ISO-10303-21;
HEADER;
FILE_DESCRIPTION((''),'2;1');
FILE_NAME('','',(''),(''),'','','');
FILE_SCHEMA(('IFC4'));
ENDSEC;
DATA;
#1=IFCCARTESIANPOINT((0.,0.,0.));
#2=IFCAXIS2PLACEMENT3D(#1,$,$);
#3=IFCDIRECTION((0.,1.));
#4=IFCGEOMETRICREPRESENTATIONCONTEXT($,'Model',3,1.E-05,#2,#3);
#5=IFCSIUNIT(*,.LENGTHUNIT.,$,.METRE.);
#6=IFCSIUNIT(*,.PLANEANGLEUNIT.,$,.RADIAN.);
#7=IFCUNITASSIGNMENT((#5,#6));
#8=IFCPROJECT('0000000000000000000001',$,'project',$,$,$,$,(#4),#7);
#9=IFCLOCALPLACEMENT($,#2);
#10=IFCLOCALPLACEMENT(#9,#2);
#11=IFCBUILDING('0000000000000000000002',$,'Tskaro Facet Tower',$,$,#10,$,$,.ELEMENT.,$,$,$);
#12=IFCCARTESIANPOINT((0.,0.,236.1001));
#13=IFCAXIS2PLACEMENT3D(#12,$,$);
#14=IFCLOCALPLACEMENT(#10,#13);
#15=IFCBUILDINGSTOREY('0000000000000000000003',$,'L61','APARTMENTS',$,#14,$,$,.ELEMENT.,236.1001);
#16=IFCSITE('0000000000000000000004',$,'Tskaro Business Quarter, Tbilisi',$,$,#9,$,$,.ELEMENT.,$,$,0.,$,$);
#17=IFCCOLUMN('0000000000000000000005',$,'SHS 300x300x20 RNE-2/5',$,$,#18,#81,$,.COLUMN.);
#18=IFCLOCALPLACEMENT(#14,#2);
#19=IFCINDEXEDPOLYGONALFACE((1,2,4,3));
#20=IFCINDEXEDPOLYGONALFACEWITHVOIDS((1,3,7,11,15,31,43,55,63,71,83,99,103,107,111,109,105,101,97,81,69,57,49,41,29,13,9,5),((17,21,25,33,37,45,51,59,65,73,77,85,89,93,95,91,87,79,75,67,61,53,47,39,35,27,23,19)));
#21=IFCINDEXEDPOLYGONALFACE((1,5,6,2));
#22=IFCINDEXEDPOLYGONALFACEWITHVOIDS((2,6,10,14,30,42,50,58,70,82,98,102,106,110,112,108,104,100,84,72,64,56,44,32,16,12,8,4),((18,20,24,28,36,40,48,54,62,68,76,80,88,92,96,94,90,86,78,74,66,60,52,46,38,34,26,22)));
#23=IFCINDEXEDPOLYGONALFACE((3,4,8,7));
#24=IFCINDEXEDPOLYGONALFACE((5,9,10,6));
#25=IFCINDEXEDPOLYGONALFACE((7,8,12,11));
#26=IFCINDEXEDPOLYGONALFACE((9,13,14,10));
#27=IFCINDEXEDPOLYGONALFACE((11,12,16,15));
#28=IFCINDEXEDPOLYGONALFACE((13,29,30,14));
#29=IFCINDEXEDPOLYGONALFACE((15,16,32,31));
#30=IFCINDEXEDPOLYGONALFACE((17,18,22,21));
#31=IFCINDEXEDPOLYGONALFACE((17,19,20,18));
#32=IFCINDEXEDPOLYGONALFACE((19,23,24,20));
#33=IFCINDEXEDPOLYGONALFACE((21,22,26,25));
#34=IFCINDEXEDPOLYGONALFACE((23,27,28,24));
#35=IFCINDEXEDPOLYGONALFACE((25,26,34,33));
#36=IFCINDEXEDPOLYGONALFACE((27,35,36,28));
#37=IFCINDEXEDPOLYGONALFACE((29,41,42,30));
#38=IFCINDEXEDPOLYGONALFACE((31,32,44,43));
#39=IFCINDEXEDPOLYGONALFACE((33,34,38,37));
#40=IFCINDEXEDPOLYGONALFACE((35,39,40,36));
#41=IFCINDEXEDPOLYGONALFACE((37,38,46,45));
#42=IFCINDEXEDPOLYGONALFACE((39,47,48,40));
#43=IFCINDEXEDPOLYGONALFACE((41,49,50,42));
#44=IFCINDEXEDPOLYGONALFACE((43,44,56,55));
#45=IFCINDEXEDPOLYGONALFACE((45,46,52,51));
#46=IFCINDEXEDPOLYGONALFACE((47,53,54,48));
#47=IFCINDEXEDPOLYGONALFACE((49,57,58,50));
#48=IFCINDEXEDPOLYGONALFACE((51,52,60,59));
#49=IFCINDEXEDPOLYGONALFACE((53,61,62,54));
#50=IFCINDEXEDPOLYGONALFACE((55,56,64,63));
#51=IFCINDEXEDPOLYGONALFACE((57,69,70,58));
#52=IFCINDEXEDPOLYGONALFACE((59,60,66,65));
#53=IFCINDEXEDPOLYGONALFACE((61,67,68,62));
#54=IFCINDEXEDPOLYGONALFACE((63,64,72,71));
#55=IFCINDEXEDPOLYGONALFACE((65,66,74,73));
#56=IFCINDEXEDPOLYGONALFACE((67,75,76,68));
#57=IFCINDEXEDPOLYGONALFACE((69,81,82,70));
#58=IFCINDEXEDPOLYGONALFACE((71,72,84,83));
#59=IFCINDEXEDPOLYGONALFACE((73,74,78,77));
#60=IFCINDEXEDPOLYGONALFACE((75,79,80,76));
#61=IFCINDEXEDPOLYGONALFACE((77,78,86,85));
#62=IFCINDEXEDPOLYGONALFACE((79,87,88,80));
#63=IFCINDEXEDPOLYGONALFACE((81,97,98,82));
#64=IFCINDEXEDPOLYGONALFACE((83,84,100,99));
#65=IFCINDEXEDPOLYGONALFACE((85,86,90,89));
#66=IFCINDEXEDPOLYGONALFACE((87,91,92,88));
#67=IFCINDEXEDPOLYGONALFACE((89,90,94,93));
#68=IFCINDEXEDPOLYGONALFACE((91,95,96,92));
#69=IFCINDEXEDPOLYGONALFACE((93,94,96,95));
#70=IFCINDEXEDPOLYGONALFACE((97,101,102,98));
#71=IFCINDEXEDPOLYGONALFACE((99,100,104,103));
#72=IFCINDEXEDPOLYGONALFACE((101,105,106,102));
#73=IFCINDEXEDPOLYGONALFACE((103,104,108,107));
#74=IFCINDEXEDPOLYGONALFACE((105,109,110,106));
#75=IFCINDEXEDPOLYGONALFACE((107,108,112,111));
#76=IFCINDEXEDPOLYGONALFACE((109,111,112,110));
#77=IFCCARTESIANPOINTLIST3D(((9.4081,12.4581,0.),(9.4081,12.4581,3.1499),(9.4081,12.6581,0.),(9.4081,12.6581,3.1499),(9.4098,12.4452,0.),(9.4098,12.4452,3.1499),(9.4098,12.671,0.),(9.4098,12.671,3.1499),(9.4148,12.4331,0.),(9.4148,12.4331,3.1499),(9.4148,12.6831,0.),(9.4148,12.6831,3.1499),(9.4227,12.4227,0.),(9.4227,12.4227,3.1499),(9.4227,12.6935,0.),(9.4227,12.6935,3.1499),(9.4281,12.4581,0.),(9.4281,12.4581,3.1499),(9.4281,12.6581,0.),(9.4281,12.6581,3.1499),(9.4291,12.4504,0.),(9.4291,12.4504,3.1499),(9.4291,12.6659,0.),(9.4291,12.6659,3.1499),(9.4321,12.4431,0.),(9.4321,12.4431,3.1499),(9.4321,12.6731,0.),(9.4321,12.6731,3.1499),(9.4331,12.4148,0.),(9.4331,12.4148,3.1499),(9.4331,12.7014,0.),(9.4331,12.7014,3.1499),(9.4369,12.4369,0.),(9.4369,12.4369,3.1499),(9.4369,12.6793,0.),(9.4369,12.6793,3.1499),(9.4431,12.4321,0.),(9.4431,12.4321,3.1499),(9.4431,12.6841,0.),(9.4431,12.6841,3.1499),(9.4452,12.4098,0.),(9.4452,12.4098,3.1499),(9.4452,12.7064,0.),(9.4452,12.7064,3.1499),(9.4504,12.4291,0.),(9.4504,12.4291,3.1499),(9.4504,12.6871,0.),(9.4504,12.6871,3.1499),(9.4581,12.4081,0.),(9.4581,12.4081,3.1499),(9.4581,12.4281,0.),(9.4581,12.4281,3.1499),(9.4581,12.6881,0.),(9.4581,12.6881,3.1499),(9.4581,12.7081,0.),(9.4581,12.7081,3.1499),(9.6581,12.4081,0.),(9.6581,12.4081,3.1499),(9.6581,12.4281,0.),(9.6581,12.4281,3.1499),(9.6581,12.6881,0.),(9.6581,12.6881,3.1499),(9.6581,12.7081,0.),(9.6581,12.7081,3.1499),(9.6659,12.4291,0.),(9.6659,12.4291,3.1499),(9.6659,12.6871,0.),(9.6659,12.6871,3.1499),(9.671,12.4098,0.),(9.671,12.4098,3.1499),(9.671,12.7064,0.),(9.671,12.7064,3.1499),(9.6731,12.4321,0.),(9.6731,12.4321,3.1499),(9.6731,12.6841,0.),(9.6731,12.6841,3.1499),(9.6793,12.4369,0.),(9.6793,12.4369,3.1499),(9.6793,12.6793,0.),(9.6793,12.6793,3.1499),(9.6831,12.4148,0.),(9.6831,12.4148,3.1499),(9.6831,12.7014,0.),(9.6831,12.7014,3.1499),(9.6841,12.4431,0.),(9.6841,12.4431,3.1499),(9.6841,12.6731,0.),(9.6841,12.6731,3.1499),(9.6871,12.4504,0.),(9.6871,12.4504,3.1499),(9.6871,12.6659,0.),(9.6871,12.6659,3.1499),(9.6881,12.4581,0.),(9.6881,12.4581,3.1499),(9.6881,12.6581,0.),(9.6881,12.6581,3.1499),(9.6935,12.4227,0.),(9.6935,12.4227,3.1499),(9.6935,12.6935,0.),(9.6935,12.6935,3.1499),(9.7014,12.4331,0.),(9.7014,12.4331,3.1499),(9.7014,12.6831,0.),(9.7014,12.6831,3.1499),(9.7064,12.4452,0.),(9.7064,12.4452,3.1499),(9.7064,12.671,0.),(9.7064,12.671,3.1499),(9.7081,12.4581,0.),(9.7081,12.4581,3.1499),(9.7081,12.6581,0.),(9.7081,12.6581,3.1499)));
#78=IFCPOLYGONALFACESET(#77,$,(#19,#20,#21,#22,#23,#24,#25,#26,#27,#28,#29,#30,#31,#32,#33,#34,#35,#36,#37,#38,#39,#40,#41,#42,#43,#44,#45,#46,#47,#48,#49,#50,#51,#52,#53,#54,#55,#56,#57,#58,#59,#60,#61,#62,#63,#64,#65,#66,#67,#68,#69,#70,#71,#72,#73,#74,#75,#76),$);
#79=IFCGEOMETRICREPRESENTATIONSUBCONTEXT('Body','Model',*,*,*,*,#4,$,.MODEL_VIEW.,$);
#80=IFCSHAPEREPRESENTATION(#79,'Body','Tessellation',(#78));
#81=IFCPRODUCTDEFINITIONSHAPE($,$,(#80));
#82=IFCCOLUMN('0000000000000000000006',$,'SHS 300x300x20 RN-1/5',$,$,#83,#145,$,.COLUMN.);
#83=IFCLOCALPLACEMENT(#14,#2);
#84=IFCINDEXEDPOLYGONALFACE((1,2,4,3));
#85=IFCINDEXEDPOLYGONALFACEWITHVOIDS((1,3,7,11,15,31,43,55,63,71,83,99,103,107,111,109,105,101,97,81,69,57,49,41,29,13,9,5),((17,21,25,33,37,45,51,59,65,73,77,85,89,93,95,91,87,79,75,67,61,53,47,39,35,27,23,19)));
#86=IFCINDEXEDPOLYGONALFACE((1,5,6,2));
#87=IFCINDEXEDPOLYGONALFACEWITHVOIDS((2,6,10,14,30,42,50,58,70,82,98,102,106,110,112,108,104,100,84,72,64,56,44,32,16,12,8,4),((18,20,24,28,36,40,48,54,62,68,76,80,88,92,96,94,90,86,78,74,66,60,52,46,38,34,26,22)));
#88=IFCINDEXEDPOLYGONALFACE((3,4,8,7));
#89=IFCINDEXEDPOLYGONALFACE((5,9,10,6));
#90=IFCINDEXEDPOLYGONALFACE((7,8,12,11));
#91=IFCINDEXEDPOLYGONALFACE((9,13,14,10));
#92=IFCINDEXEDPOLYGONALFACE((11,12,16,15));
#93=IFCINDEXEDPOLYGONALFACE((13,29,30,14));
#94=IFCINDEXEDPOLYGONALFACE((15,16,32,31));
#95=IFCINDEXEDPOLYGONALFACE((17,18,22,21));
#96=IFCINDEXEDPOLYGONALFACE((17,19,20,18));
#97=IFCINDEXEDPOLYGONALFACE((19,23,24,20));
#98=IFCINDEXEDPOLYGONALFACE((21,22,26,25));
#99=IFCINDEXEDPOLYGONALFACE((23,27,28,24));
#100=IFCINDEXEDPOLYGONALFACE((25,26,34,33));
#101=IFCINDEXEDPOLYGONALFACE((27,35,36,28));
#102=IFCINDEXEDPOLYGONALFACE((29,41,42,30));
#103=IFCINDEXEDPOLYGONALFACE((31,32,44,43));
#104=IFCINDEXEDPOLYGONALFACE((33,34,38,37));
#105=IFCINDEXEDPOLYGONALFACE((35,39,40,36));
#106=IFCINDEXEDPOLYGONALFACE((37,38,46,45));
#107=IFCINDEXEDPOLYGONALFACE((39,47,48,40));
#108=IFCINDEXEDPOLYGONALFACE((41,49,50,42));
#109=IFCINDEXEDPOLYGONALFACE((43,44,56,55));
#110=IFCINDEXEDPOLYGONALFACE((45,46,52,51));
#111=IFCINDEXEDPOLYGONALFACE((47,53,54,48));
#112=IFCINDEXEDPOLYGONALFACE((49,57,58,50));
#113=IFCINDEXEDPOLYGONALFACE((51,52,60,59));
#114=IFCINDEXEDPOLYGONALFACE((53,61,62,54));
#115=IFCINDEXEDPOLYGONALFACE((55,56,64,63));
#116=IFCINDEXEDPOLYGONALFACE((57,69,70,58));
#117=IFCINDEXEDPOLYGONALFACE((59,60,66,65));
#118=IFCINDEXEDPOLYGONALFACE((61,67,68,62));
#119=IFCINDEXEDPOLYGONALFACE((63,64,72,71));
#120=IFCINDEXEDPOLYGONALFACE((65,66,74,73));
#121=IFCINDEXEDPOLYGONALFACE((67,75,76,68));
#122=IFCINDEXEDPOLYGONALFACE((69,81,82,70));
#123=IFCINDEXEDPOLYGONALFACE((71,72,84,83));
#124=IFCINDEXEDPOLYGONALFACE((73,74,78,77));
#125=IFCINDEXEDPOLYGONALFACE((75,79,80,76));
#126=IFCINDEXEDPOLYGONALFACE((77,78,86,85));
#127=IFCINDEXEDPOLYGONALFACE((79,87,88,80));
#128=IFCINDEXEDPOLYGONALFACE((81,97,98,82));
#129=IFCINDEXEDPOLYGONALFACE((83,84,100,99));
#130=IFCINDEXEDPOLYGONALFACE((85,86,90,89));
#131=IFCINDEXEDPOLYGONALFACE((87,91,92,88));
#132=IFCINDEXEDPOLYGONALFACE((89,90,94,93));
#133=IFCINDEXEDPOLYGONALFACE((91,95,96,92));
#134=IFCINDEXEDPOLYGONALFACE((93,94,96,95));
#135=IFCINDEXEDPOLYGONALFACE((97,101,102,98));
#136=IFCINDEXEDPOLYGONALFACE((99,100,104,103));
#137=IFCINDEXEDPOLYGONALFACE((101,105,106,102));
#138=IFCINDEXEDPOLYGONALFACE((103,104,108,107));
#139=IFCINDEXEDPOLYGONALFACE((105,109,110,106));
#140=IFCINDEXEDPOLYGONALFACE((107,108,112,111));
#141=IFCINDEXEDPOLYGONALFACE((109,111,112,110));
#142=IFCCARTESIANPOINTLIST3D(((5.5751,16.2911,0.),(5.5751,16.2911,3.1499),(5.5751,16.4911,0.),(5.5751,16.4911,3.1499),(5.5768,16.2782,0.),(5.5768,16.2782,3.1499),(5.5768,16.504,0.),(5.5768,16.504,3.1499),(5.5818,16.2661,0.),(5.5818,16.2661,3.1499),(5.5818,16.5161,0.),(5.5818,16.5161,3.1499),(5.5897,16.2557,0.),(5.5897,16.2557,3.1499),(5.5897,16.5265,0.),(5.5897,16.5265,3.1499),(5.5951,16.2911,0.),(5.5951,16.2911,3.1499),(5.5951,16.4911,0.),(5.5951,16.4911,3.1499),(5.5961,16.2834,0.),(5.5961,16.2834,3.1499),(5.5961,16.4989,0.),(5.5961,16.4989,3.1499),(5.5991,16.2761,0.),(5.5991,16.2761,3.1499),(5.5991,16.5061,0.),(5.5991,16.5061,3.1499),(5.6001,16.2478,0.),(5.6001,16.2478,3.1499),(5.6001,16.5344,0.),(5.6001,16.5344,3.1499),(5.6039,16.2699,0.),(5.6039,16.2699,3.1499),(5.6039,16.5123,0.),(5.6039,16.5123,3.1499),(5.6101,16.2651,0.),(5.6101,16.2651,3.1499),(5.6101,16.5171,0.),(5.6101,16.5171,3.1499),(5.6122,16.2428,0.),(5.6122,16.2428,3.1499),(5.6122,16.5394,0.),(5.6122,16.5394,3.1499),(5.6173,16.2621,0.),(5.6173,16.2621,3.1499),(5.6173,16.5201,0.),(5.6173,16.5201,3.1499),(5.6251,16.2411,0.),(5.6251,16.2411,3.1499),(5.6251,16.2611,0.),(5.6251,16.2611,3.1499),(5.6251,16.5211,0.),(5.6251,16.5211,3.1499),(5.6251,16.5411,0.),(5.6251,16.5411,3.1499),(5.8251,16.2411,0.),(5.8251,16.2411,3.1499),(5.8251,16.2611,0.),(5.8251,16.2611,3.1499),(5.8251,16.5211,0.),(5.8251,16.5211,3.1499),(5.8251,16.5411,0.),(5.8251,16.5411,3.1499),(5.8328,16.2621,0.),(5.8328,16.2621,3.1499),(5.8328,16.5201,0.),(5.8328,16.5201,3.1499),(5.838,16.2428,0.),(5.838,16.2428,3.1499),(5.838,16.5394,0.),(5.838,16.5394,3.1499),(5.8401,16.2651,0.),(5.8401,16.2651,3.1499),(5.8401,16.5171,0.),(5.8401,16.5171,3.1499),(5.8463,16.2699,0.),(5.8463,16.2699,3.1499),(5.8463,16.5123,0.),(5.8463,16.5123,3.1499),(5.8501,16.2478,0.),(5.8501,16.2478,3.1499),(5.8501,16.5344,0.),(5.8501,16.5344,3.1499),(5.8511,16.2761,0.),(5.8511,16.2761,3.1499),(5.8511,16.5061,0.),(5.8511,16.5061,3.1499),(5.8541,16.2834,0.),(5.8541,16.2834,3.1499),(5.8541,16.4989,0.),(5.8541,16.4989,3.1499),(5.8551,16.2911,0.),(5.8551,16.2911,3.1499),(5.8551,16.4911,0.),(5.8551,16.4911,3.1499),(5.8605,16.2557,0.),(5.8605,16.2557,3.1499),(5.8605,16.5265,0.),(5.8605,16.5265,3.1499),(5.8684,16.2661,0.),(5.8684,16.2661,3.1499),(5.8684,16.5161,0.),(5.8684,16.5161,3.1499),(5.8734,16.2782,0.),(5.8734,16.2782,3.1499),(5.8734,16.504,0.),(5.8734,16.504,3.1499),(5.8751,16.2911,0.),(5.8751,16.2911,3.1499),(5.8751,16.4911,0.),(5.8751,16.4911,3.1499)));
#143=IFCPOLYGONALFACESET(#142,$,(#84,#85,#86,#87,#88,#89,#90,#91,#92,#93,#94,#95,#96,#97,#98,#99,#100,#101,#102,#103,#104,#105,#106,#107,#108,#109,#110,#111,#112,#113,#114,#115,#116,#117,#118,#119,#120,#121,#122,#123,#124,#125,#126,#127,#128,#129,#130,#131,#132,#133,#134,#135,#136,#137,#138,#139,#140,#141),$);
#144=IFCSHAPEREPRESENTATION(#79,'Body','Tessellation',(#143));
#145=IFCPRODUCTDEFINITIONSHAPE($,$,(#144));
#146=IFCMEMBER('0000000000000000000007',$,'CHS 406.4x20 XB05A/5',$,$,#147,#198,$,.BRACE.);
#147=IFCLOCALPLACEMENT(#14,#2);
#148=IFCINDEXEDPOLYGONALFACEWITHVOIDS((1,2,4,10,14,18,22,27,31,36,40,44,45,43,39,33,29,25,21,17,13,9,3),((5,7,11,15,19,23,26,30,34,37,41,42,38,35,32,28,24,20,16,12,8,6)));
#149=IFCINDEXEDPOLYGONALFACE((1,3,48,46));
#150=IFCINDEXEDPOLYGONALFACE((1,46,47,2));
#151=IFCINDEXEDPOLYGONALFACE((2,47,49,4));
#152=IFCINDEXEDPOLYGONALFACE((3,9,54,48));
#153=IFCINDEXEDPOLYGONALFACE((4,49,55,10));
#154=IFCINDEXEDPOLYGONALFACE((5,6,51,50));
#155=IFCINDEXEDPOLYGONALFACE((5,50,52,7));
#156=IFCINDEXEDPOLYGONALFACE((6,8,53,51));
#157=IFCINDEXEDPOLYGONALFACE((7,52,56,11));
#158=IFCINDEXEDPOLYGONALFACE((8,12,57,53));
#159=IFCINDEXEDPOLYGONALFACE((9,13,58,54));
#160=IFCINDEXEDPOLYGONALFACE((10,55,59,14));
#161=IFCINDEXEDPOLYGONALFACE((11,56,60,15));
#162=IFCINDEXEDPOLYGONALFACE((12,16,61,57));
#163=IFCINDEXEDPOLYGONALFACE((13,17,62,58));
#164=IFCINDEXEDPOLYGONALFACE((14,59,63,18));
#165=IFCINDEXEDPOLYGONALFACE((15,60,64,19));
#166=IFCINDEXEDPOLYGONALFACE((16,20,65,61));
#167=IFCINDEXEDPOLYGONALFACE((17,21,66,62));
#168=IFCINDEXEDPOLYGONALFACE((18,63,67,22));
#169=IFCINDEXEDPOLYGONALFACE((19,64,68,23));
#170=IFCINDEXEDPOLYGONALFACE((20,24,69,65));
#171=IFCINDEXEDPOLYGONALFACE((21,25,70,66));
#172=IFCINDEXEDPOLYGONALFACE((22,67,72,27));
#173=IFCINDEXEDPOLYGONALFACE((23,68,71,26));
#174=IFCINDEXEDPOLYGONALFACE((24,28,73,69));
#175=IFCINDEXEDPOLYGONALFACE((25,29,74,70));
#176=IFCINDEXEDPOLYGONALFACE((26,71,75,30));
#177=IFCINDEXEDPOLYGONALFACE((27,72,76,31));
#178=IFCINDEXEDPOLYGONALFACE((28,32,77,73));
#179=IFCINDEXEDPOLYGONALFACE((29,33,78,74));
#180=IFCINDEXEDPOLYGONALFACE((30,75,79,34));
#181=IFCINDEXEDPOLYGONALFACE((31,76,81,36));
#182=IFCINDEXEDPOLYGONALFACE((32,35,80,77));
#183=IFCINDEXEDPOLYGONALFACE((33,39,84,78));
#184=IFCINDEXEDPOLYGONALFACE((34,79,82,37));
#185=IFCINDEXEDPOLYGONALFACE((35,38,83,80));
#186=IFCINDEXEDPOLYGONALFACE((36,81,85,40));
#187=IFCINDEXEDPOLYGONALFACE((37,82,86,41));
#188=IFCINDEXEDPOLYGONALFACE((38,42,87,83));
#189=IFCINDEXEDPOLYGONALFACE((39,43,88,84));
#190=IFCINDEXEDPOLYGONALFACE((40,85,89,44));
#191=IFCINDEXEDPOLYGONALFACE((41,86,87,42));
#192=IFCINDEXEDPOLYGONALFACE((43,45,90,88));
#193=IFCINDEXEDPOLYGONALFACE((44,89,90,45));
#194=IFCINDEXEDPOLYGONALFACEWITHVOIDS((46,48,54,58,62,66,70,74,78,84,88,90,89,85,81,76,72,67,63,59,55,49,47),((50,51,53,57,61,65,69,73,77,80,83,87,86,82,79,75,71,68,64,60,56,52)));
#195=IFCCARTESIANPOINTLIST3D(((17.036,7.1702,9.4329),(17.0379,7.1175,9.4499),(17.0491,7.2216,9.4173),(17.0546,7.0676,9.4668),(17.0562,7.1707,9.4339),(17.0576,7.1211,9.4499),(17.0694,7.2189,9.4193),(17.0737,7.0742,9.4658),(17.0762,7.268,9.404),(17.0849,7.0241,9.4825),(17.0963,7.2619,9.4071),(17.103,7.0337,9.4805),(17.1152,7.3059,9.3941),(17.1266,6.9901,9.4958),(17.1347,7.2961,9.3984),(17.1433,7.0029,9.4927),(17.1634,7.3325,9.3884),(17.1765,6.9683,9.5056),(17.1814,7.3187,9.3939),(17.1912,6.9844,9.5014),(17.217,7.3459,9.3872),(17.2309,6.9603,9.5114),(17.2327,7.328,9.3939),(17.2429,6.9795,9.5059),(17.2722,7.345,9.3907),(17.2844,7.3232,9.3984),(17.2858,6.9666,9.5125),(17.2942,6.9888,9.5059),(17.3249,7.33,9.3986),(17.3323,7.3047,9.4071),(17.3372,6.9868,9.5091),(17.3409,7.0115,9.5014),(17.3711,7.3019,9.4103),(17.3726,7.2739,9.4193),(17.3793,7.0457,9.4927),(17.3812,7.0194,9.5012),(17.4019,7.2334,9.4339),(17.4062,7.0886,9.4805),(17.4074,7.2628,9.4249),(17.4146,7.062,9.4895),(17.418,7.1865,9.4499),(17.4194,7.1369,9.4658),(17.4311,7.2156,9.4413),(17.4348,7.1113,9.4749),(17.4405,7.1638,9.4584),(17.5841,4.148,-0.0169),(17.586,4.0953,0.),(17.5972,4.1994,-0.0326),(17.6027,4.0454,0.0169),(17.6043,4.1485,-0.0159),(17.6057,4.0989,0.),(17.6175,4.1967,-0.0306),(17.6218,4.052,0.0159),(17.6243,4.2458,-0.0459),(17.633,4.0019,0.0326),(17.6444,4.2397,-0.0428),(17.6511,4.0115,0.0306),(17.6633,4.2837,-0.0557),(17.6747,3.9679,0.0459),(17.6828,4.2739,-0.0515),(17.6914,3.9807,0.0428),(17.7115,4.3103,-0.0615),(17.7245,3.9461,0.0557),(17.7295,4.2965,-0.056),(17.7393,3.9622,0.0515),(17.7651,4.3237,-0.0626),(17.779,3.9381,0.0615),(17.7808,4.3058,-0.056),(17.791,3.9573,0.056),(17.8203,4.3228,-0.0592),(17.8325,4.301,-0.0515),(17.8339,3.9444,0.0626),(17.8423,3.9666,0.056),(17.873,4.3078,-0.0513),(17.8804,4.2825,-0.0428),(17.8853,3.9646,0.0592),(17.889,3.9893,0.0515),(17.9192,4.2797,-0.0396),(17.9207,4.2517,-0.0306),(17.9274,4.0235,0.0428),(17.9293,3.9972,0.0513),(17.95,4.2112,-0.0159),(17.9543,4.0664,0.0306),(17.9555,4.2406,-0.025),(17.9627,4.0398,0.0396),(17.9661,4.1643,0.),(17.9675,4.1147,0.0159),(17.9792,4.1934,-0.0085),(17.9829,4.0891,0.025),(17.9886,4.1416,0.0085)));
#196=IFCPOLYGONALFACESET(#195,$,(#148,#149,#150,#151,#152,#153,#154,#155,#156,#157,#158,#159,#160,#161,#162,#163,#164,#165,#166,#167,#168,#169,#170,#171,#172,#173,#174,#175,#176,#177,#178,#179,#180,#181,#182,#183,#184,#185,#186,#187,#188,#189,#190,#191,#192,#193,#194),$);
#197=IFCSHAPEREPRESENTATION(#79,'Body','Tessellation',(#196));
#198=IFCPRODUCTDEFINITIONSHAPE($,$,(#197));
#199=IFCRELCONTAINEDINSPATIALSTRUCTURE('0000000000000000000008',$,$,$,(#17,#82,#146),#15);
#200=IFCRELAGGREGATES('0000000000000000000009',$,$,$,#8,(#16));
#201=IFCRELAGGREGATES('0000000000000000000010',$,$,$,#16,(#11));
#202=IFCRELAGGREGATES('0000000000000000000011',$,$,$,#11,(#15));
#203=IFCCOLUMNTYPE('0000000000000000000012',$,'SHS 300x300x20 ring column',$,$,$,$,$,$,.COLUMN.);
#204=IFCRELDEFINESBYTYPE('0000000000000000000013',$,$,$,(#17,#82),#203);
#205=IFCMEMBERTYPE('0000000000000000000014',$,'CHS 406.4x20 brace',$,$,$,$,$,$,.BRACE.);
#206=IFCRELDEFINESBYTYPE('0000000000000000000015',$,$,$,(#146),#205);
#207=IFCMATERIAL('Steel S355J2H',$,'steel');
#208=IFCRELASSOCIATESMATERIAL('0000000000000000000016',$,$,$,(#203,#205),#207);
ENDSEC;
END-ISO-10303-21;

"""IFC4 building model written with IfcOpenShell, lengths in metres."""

from ifc_helpers import new_model, si_unit, direction, frame, origin, origin_2d, place, context, subcontext, project, spatial, hollow_rectangle, hollow_circle, extrude, material, material_profile, profile_set, type_object, element, save


model = new_model("IFC4")

# Units and contexts
model_context = context("Model", 3, precision=1e-05, world=origin(), true_north=direction((0.0, 1.0)))
body_context = subcontext(model_context, "Body", "Model", "MODEL_VIEW")
ifc_project = project(units=[si_unit("LENGTHUNIT", "METRE"), si_unit("PLANEANGLEUNIT", "RADIAN")], contexts=[model_context])

# Site, building, storey
site_placement = place(None, origin())
site = spatial("IfcSite", under=ifc_project, at=site_placement, Name="Tskaro Business Quarter, Tbilisi", CompositionType="ELEMENT", RefElevation=0.0)
building_placement = place(site_placement, origin())
building = spatial("IfcBuilding", under=site, at=building_placement, Name="Tskaro Facet Tower", CompositionType="ELEMENT")
storey_placement = place(building_placement, frame((0.0, 0.0, 236.1001)))
storey = spatial("IfcBuildingStorey", under=building, at=storey_placement, Name="L61", Description="APARTMENTS", CompositionType="ELEMENT", Elevation=236.1001)

# Columns
ifc_material_1 = material(Name="Steel S355J2H", Category="steel")
ifc_material_profile_1 = material_profile(ifc_material_1, hollow_rectangle(XDim=0.3, YDim=0.3, WallThickness=0.02, InnerFilletRadius=0.03, OuterFilletRadius=0.05, at=origin_2d()), Name="SHS 300x300x20")
ifc_profile_set_1 = profile_set([ifc_material_profile_1], Name="Steel S355J2H")
column_type_1 = type_object("IfcColumnType", Name="SHS 300x300x20 ring column", PredefinedType="COLUMN", material=ifc_profile_set_1)
for number, where, z_axis, x_axis, name in (
    (1, (9.5581, 12.5581, 0.0), (0.0, 0.0, 1.0), (1.0, 0.0, 0.0), "SHS 300x300x20 RNE-2/5"),
    (2, (5.7251, 16.3911, 0.0), (0.0, 0.0, 1.0), (1.0, 0.0, 0.0), "SHS 300x300x20 RN-1/5"),
):
    element("IfcColumn", number, at=place(storey_placement, frame(where, z_axis=z_axis, x_axis=x_axis)), inside=storey, type_object=column_type_1, Name=name, PredefinedType="COLUMN", context=body_context, shape_type="SweptSolid", body=[
        extrude(hollow_rectangle(XDim=0.3, YDim=0.3, WallThickness=0.02, InnerFilletRadius=0.03, OuterFilletRadius=0.05, at=origin_2d()), origin(), (0.0, 0.0, 1.0), 3.1499),
    ])

# Member
ifc_material_profile_2 = material_profile(ifc_material_1, hollow_circle(Radius=0.2031, WallThickness=0.02, at=origin_2d()), Name="CHS 406.4x20")
ifc_profile_set_2 = profile_set([ifc_material_profile_2], Name="Steel S355J2H")
member_type_1 = type_object("IfcMemberType", Name="CHS 406.4x20 brace", PredefinedType="BRACE", material=ifc_profile_set_2)
member_1_placement = place(storey_placement, frame((17.7859, 4.1316, 0.0), z_axis=(-0.055159, 0.30415, 0.951026), x_axis=(-0.98395, -0.178445, 0.0)))
element("IfcMember", 3, at=member_1_placement, inside=storey, type_object=member_type_1, Name="CHS 406.4x20 XB05A/5", PredefinedType="BRACE", context=body_context, shape_type="SweptSolid", body=[
    extrude(hollow_circle(Radius=0.2031, WallThickness=0.02, at=origin_2d()), origin(), (0.0, 0.0, 1.0), 9.9365),
])

save(model, "model.ifc")
